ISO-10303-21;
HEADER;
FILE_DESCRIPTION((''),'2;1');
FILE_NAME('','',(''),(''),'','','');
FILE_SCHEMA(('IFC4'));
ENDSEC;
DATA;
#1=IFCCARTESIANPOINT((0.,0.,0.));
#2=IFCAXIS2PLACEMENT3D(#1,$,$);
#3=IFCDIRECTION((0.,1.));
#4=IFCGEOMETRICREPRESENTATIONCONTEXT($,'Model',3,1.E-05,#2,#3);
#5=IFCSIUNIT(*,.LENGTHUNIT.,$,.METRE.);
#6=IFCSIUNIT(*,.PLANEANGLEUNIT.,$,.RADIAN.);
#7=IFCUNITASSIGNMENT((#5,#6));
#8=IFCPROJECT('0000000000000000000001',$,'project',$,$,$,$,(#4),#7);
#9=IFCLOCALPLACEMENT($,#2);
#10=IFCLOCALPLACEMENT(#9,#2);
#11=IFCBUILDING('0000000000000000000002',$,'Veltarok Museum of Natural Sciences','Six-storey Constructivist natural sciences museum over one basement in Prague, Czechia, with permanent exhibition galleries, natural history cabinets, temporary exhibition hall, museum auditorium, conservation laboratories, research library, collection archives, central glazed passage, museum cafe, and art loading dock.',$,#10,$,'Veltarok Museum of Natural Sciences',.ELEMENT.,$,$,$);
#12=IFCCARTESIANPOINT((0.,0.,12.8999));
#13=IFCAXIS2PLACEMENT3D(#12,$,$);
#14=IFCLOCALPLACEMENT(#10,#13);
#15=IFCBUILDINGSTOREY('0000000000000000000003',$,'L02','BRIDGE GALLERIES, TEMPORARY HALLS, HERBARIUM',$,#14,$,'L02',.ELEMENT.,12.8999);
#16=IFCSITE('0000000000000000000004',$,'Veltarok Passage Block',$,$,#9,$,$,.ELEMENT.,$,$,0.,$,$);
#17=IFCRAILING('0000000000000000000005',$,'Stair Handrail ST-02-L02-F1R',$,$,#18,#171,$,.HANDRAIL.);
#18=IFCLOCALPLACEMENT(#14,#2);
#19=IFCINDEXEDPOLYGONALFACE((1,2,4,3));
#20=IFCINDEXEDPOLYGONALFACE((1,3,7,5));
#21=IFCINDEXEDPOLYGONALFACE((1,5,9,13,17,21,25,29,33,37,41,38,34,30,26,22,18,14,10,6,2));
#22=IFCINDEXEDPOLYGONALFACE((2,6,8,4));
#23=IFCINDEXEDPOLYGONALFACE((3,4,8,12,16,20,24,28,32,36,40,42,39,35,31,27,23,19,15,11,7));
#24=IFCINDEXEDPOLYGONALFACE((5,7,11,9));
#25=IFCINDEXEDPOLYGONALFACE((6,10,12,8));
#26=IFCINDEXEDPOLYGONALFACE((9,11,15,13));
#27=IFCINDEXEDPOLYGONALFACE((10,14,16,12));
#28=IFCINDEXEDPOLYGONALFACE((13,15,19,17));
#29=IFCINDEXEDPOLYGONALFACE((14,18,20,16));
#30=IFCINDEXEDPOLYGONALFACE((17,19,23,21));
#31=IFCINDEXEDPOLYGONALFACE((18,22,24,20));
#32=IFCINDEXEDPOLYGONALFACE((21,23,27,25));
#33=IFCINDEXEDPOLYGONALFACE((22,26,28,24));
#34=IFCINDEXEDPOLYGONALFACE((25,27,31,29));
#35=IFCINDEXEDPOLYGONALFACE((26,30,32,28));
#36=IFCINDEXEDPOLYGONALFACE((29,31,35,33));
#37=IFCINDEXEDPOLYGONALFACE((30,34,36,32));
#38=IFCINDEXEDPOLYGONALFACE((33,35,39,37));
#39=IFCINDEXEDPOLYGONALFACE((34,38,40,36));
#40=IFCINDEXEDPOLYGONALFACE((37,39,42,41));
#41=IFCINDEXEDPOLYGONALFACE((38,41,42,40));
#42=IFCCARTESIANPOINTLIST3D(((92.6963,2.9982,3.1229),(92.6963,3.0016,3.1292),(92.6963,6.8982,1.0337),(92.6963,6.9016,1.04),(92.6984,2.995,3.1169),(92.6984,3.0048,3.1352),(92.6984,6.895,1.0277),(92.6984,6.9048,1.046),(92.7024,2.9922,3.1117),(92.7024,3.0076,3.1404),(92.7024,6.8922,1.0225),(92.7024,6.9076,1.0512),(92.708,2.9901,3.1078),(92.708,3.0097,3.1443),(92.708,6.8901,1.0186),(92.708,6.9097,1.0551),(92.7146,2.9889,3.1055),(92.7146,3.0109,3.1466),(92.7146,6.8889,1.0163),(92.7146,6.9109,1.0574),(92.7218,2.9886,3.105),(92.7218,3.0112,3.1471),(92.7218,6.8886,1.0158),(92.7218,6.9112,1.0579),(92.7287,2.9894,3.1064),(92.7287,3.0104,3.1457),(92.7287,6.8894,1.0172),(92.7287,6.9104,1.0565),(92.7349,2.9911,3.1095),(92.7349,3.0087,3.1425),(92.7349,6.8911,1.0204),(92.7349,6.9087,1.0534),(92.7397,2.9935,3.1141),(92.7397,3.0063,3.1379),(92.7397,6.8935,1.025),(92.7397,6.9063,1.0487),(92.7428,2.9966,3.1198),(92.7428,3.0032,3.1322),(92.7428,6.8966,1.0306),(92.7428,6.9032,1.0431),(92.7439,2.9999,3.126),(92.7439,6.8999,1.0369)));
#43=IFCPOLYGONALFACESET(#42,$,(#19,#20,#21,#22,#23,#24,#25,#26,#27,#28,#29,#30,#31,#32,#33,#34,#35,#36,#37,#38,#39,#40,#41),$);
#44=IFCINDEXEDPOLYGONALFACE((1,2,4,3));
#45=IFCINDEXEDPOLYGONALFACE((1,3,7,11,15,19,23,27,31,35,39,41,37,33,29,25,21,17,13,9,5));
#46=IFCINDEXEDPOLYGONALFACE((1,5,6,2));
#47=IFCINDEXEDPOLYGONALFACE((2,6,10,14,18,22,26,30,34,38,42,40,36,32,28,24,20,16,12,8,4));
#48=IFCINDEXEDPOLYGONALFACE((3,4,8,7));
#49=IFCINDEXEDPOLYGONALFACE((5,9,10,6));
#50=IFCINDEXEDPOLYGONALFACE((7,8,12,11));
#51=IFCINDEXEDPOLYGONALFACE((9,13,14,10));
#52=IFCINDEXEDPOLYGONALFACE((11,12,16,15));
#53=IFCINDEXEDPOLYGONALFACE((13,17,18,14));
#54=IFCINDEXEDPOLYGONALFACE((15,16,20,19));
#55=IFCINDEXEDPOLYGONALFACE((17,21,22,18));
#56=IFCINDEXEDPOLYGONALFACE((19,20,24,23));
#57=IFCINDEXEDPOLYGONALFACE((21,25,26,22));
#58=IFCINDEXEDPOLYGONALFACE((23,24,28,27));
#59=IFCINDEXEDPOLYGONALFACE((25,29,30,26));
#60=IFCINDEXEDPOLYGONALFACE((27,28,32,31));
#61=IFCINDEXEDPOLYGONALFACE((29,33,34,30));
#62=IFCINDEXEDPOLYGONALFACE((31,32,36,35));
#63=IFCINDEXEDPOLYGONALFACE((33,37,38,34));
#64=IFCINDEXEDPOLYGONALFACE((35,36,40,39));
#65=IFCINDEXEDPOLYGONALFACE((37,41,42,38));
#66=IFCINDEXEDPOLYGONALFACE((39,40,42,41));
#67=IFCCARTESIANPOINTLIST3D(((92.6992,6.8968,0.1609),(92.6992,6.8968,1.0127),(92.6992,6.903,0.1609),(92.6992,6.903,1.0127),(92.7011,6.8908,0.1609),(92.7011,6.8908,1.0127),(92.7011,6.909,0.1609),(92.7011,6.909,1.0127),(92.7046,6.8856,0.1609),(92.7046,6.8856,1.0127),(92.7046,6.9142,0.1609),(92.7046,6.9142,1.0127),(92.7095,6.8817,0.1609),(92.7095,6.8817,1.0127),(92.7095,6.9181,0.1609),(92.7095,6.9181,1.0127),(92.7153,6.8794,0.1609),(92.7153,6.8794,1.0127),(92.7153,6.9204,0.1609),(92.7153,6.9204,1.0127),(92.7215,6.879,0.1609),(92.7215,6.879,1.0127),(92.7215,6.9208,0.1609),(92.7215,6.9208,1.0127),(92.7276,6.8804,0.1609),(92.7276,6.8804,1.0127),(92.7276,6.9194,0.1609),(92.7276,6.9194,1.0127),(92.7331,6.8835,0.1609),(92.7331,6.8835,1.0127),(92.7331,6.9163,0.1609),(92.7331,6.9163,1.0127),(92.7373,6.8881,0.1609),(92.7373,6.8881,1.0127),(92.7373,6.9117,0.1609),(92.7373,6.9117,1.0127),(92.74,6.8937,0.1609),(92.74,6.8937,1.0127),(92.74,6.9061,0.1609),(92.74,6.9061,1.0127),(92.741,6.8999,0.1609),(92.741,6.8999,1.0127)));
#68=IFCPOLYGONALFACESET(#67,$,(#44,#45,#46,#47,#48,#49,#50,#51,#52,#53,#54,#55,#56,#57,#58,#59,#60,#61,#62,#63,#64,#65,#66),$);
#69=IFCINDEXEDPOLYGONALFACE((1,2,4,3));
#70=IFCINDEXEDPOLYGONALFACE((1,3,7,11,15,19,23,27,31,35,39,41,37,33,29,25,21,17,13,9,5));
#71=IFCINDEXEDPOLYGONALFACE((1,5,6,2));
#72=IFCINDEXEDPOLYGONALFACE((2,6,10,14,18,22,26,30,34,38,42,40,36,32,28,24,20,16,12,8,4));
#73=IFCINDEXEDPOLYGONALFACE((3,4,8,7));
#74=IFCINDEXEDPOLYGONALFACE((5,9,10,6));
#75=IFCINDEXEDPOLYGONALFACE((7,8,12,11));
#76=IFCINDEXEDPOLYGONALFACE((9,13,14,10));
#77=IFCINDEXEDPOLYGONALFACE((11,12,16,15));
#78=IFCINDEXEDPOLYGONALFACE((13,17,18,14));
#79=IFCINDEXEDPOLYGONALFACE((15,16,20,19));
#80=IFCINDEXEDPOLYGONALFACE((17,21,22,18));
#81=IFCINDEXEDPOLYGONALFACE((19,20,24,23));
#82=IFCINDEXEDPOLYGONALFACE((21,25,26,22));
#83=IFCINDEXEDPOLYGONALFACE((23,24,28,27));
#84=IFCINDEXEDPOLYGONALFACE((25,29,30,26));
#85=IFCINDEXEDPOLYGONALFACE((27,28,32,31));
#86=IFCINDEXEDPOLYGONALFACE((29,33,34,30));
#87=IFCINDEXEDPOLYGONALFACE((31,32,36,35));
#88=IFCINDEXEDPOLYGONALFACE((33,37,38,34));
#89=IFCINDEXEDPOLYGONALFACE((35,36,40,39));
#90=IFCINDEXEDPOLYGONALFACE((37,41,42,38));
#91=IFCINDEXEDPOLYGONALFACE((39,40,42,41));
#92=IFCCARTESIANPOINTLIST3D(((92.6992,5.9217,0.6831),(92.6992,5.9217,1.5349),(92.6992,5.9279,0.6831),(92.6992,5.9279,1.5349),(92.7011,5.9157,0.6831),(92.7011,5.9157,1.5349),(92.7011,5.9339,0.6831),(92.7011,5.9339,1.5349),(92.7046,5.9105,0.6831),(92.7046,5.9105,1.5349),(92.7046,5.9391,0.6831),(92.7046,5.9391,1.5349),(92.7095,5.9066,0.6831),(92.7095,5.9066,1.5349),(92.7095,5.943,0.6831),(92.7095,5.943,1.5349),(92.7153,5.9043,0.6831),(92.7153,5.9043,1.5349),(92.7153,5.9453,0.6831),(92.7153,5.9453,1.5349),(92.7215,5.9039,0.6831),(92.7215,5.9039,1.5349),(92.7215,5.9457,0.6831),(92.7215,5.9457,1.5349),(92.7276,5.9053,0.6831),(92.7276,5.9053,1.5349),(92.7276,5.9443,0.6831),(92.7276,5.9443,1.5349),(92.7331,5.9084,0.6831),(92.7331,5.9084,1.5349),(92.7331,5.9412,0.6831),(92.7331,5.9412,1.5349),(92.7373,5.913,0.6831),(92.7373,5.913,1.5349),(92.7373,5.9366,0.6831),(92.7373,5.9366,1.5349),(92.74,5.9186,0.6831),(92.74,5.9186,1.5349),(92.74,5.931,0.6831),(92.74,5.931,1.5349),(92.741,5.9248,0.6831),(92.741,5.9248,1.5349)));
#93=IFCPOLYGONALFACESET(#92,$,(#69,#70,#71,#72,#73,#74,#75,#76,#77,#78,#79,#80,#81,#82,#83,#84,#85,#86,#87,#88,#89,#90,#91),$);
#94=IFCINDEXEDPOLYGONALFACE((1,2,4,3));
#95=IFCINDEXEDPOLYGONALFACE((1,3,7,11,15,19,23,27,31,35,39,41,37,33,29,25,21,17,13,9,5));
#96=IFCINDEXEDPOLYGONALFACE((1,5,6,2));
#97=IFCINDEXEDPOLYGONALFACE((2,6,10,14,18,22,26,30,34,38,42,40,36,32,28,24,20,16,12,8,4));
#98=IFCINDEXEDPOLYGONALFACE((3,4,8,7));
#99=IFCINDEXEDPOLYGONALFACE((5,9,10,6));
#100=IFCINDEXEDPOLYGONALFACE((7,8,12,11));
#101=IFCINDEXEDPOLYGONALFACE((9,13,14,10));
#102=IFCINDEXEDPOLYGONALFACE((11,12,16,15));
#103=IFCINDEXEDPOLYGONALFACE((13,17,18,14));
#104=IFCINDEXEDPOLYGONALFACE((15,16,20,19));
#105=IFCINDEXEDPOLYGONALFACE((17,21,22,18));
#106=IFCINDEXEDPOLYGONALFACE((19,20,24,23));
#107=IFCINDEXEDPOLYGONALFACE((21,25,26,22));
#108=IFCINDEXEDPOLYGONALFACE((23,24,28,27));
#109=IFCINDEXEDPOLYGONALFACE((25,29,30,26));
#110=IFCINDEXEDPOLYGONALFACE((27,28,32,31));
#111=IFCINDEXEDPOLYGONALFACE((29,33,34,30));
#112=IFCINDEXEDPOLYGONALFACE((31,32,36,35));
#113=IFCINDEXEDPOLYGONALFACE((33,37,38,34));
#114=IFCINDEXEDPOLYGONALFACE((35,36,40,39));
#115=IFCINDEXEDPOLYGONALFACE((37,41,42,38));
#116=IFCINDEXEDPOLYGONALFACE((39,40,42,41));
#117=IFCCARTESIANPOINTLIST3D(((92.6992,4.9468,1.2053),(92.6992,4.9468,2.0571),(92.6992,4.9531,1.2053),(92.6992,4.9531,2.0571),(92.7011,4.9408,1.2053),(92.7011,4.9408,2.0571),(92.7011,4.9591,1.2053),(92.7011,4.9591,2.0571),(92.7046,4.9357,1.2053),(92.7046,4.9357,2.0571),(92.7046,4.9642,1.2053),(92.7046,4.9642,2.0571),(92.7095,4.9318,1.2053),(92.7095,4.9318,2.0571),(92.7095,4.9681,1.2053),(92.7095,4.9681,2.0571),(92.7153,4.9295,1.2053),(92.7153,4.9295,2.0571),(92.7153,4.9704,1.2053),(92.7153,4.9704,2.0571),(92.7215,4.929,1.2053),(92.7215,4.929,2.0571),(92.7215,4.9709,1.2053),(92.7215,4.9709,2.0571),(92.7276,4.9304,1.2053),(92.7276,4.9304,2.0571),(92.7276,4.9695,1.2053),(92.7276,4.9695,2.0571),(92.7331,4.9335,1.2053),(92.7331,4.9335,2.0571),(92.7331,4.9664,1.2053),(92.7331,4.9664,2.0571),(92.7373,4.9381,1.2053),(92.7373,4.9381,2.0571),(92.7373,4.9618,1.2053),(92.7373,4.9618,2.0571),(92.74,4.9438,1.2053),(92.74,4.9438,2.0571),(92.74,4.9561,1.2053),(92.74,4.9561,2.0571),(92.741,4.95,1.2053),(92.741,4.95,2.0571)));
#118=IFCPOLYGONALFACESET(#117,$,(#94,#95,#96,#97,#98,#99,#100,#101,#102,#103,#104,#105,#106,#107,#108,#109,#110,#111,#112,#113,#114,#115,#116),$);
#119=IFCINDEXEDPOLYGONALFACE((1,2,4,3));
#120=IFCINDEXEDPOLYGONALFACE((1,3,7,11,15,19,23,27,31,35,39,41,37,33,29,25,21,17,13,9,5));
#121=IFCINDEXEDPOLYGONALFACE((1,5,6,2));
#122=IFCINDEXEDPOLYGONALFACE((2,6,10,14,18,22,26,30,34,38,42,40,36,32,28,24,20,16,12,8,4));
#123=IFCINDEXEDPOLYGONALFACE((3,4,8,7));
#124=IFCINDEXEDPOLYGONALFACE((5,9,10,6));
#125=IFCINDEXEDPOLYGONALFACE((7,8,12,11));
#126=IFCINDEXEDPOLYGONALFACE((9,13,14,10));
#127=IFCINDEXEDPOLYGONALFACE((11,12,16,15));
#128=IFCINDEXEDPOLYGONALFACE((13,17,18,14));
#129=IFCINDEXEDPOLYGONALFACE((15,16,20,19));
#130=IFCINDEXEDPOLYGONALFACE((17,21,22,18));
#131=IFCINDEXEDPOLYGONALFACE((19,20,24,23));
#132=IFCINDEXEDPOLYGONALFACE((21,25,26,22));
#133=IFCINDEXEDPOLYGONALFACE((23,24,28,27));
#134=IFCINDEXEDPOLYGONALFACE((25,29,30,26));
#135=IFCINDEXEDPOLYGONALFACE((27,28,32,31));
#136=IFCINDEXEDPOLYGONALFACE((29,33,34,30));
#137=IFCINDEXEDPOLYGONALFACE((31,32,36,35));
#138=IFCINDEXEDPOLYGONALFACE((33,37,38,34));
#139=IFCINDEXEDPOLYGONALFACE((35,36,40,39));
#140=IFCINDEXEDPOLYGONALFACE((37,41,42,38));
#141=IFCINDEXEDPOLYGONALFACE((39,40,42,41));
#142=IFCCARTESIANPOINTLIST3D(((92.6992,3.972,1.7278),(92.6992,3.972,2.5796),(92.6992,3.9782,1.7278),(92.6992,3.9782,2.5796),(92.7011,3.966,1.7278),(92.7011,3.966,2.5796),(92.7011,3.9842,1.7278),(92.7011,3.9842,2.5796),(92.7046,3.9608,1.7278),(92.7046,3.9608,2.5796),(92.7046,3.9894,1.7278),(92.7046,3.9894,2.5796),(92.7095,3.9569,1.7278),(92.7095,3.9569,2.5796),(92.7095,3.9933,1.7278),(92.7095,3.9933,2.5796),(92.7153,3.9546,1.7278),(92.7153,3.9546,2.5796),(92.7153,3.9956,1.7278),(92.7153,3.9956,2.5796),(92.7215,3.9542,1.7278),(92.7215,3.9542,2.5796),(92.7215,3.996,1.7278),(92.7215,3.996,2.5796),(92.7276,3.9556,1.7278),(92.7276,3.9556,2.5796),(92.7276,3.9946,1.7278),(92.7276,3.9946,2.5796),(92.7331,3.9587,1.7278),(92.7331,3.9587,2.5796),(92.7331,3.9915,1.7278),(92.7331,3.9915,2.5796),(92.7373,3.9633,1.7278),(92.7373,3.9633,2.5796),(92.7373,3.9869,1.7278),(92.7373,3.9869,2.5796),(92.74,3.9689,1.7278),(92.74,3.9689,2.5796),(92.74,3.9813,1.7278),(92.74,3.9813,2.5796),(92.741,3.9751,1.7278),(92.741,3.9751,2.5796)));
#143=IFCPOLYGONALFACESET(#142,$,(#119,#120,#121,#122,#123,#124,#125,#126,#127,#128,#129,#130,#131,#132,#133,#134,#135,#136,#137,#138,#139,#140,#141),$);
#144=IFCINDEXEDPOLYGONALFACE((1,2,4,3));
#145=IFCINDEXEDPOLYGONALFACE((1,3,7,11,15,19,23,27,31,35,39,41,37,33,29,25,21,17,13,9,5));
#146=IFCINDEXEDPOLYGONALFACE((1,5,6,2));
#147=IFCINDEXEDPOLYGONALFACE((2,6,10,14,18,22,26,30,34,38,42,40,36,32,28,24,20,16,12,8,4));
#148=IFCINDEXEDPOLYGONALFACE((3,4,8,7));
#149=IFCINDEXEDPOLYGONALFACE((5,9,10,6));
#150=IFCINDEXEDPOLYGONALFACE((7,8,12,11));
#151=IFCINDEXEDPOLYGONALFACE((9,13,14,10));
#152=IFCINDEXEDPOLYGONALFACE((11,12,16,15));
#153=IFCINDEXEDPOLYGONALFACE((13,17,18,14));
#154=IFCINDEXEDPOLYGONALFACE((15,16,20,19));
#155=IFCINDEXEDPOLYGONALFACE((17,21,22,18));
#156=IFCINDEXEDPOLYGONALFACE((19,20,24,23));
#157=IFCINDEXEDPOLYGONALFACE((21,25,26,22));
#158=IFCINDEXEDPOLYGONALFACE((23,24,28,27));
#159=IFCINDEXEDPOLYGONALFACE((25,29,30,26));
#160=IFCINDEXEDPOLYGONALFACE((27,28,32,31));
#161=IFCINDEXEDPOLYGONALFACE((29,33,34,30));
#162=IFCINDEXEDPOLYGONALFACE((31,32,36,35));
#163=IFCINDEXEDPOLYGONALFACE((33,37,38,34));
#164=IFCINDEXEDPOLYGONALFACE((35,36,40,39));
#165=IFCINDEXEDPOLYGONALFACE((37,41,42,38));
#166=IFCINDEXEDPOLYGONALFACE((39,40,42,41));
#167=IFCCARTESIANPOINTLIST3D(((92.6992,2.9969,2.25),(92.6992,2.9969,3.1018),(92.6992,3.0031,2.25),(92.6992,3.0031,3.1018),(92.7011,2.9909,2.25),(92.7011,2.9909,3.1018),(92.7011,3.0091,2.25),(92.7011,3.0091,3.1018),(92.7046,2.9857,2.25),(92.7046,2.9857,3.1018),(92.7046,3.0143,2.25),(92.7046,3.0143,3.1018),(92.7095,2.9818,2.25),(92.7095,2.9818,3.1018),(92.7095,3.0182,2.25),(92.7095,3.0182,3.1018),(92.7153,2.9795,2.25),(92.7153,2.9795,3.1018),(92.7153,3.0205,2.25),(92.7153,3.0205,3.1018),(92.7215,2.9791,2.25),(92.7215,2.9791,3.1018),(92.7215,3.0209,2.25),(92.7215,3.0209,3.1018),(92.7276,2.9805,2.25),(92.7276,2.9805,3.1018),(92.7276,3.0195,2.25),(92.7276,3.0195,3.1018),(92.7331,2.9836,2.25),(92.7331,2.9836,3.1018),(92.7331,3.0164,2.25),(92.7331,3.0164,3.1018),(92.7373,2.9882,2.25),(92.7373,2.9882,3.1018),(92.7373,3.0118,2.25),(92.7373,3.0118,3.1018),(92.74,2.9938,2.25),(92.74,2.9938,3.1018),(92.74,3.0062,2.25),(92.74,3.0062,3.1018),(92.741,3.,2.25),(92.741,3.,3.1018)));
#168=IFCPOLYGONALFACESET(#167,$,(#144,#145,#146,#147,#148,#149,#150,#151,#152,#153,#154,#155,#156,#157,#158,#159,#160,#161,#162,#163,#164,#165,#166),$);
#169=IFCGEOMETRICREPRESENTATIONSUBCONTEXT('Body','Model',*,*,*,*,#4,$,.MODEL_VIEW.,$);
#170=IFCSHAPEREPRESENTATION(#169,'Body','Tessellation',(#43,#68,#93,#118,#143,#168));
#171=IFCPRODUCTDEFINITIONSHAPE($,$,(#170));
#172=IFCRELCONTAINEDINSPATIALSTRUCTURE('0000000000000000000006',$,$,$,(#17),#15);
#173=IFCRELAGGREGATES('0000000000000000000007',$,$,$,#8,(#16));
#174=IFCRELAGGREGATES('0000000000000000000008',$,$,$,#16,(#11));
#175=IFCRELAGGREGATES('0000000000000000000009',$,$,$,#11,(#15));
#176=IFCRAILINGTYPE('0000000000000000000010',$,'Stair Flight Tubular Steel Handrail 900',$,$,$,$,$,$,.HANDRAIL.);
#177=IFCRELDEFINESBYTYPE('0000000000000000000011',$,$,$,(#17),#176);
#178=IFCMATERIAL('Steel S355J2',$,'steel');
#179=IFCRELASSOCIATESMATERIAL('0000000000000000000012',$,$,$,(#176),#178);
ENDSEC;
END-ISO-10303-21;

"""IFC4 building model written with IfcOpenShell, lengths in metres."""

from ifc_helpers import new_model, si_unit, direction, frame, origin, origin_2d, place, context, subcontext, project, spatial, circle, extrude, material, type_object, element, save


model = new_model("IFC4")

# Units and contexts
model_context = context("Model", 3, precision=1e-05, world=origin(), true_north=direction((0.0, 1.0)))
body_context = subcontext(model_context, "Body", "Model", "MODEL_VIEW")
ifc_project = project(units=[si_unit("LENGTHUNIT", "METRE"), si_unit("PLANEANGLEUNIT", "RADIAN")], contexts=[model_context])

# Site, building, storey
site_placement = place(None, origin())
site = spatial("IfcSite", under=ifc_project, at=site_placement, Name="Veltarok Passage Block", CompositionType="ELEMENT", RefElevation=0.0)
building_placement = place(site_placement, origin())
building = spatial("IfcBuilding", under=site, at=building_placement, Name="Veltarok Museum of Natural Sciences", Description="Six-storey Constructivist natural sciences museum over one basement in Prague, Czechia, with permanent exhibition galleries, natural history cabinets, temporary exhibition hall, museum auditorium, conservation laboratories, research library, collection archives, central glazed passage, museum cafe, and art loading dock.", LongName="Veltarok Museum of Natural Sciences", CompositionType="ELEMENT")
storey_placement = place(building_placement, frame((0.0, 0.0, 12.8999)))
storey = spatial("IfcBuildingStorey", under=building, at=storey_placement, Name="L02", Description="BRIDGE GALLERIES, TEMPORARY HALLS, HERBARIUM", LongName="L02", CompositionType="ELEMENT", Elevation=12.8999)

# Shared definitions
ifc_material_1 = material(Name="Steel S355J2", Category="steel")

# Railing
railing_type_1 = type_object("IfcRailingType", Name="Stair Flight Tubular Steel Handrail 900", PredefinedType="HANDRAIL", material=ifc_material_1)
for number, where, name in (
    (1, (92.72, 6.8999, 0.1609), "Stair Handrail ST-02-L02-F1R"),
):
    element("IfcRailing", number, at=place(storey_placement, frame(where)), inside=storey, type_object=railing_type_1, Name=name, PredefinedType="HANDRAIL", context=body_context, shape_type="SweptSolid", body=[
        extrude(circle(Radius=0.0239, at=origin_2d()), frame((0.0, 0.0, 0.876), z_axis=(0.0, -0.881491, 0.4722), x_axis=(1.0, 0.0, 0.0)), (0.0, 0.0, 1.0), 4.4243),
        extrude(circle(Radius=0.021, at=origin_2d()), origin(), (0.0, 0.0, 1.0), 0.8518),
        extrude(circle(Radius=0.021, at=origin_2d()), frame((0.0, -0.9751, 0.5222)), (0.0, 0.0, 1.0), 0.8518),
        extrude(circle(Radius=0.021, at=origin_2d()), frame((0.0, -1.95, 1.0444)), (0.0, 0.0, 1.0), 0.8518),
        extrude(circle(Radius=0.021, at=origin_2d()), frame((0.0, -2.9248, 1.5669)), (0.0, 0.0, 1.0), 0.8518),
        extrude(circle(Radius=0.021, at=origin_2d()), frame((0.0, -3.8999, 2.0891)), (0.0, 0.0, 1.0), 0.8518),
    ])

save(model, "model.ifc")
